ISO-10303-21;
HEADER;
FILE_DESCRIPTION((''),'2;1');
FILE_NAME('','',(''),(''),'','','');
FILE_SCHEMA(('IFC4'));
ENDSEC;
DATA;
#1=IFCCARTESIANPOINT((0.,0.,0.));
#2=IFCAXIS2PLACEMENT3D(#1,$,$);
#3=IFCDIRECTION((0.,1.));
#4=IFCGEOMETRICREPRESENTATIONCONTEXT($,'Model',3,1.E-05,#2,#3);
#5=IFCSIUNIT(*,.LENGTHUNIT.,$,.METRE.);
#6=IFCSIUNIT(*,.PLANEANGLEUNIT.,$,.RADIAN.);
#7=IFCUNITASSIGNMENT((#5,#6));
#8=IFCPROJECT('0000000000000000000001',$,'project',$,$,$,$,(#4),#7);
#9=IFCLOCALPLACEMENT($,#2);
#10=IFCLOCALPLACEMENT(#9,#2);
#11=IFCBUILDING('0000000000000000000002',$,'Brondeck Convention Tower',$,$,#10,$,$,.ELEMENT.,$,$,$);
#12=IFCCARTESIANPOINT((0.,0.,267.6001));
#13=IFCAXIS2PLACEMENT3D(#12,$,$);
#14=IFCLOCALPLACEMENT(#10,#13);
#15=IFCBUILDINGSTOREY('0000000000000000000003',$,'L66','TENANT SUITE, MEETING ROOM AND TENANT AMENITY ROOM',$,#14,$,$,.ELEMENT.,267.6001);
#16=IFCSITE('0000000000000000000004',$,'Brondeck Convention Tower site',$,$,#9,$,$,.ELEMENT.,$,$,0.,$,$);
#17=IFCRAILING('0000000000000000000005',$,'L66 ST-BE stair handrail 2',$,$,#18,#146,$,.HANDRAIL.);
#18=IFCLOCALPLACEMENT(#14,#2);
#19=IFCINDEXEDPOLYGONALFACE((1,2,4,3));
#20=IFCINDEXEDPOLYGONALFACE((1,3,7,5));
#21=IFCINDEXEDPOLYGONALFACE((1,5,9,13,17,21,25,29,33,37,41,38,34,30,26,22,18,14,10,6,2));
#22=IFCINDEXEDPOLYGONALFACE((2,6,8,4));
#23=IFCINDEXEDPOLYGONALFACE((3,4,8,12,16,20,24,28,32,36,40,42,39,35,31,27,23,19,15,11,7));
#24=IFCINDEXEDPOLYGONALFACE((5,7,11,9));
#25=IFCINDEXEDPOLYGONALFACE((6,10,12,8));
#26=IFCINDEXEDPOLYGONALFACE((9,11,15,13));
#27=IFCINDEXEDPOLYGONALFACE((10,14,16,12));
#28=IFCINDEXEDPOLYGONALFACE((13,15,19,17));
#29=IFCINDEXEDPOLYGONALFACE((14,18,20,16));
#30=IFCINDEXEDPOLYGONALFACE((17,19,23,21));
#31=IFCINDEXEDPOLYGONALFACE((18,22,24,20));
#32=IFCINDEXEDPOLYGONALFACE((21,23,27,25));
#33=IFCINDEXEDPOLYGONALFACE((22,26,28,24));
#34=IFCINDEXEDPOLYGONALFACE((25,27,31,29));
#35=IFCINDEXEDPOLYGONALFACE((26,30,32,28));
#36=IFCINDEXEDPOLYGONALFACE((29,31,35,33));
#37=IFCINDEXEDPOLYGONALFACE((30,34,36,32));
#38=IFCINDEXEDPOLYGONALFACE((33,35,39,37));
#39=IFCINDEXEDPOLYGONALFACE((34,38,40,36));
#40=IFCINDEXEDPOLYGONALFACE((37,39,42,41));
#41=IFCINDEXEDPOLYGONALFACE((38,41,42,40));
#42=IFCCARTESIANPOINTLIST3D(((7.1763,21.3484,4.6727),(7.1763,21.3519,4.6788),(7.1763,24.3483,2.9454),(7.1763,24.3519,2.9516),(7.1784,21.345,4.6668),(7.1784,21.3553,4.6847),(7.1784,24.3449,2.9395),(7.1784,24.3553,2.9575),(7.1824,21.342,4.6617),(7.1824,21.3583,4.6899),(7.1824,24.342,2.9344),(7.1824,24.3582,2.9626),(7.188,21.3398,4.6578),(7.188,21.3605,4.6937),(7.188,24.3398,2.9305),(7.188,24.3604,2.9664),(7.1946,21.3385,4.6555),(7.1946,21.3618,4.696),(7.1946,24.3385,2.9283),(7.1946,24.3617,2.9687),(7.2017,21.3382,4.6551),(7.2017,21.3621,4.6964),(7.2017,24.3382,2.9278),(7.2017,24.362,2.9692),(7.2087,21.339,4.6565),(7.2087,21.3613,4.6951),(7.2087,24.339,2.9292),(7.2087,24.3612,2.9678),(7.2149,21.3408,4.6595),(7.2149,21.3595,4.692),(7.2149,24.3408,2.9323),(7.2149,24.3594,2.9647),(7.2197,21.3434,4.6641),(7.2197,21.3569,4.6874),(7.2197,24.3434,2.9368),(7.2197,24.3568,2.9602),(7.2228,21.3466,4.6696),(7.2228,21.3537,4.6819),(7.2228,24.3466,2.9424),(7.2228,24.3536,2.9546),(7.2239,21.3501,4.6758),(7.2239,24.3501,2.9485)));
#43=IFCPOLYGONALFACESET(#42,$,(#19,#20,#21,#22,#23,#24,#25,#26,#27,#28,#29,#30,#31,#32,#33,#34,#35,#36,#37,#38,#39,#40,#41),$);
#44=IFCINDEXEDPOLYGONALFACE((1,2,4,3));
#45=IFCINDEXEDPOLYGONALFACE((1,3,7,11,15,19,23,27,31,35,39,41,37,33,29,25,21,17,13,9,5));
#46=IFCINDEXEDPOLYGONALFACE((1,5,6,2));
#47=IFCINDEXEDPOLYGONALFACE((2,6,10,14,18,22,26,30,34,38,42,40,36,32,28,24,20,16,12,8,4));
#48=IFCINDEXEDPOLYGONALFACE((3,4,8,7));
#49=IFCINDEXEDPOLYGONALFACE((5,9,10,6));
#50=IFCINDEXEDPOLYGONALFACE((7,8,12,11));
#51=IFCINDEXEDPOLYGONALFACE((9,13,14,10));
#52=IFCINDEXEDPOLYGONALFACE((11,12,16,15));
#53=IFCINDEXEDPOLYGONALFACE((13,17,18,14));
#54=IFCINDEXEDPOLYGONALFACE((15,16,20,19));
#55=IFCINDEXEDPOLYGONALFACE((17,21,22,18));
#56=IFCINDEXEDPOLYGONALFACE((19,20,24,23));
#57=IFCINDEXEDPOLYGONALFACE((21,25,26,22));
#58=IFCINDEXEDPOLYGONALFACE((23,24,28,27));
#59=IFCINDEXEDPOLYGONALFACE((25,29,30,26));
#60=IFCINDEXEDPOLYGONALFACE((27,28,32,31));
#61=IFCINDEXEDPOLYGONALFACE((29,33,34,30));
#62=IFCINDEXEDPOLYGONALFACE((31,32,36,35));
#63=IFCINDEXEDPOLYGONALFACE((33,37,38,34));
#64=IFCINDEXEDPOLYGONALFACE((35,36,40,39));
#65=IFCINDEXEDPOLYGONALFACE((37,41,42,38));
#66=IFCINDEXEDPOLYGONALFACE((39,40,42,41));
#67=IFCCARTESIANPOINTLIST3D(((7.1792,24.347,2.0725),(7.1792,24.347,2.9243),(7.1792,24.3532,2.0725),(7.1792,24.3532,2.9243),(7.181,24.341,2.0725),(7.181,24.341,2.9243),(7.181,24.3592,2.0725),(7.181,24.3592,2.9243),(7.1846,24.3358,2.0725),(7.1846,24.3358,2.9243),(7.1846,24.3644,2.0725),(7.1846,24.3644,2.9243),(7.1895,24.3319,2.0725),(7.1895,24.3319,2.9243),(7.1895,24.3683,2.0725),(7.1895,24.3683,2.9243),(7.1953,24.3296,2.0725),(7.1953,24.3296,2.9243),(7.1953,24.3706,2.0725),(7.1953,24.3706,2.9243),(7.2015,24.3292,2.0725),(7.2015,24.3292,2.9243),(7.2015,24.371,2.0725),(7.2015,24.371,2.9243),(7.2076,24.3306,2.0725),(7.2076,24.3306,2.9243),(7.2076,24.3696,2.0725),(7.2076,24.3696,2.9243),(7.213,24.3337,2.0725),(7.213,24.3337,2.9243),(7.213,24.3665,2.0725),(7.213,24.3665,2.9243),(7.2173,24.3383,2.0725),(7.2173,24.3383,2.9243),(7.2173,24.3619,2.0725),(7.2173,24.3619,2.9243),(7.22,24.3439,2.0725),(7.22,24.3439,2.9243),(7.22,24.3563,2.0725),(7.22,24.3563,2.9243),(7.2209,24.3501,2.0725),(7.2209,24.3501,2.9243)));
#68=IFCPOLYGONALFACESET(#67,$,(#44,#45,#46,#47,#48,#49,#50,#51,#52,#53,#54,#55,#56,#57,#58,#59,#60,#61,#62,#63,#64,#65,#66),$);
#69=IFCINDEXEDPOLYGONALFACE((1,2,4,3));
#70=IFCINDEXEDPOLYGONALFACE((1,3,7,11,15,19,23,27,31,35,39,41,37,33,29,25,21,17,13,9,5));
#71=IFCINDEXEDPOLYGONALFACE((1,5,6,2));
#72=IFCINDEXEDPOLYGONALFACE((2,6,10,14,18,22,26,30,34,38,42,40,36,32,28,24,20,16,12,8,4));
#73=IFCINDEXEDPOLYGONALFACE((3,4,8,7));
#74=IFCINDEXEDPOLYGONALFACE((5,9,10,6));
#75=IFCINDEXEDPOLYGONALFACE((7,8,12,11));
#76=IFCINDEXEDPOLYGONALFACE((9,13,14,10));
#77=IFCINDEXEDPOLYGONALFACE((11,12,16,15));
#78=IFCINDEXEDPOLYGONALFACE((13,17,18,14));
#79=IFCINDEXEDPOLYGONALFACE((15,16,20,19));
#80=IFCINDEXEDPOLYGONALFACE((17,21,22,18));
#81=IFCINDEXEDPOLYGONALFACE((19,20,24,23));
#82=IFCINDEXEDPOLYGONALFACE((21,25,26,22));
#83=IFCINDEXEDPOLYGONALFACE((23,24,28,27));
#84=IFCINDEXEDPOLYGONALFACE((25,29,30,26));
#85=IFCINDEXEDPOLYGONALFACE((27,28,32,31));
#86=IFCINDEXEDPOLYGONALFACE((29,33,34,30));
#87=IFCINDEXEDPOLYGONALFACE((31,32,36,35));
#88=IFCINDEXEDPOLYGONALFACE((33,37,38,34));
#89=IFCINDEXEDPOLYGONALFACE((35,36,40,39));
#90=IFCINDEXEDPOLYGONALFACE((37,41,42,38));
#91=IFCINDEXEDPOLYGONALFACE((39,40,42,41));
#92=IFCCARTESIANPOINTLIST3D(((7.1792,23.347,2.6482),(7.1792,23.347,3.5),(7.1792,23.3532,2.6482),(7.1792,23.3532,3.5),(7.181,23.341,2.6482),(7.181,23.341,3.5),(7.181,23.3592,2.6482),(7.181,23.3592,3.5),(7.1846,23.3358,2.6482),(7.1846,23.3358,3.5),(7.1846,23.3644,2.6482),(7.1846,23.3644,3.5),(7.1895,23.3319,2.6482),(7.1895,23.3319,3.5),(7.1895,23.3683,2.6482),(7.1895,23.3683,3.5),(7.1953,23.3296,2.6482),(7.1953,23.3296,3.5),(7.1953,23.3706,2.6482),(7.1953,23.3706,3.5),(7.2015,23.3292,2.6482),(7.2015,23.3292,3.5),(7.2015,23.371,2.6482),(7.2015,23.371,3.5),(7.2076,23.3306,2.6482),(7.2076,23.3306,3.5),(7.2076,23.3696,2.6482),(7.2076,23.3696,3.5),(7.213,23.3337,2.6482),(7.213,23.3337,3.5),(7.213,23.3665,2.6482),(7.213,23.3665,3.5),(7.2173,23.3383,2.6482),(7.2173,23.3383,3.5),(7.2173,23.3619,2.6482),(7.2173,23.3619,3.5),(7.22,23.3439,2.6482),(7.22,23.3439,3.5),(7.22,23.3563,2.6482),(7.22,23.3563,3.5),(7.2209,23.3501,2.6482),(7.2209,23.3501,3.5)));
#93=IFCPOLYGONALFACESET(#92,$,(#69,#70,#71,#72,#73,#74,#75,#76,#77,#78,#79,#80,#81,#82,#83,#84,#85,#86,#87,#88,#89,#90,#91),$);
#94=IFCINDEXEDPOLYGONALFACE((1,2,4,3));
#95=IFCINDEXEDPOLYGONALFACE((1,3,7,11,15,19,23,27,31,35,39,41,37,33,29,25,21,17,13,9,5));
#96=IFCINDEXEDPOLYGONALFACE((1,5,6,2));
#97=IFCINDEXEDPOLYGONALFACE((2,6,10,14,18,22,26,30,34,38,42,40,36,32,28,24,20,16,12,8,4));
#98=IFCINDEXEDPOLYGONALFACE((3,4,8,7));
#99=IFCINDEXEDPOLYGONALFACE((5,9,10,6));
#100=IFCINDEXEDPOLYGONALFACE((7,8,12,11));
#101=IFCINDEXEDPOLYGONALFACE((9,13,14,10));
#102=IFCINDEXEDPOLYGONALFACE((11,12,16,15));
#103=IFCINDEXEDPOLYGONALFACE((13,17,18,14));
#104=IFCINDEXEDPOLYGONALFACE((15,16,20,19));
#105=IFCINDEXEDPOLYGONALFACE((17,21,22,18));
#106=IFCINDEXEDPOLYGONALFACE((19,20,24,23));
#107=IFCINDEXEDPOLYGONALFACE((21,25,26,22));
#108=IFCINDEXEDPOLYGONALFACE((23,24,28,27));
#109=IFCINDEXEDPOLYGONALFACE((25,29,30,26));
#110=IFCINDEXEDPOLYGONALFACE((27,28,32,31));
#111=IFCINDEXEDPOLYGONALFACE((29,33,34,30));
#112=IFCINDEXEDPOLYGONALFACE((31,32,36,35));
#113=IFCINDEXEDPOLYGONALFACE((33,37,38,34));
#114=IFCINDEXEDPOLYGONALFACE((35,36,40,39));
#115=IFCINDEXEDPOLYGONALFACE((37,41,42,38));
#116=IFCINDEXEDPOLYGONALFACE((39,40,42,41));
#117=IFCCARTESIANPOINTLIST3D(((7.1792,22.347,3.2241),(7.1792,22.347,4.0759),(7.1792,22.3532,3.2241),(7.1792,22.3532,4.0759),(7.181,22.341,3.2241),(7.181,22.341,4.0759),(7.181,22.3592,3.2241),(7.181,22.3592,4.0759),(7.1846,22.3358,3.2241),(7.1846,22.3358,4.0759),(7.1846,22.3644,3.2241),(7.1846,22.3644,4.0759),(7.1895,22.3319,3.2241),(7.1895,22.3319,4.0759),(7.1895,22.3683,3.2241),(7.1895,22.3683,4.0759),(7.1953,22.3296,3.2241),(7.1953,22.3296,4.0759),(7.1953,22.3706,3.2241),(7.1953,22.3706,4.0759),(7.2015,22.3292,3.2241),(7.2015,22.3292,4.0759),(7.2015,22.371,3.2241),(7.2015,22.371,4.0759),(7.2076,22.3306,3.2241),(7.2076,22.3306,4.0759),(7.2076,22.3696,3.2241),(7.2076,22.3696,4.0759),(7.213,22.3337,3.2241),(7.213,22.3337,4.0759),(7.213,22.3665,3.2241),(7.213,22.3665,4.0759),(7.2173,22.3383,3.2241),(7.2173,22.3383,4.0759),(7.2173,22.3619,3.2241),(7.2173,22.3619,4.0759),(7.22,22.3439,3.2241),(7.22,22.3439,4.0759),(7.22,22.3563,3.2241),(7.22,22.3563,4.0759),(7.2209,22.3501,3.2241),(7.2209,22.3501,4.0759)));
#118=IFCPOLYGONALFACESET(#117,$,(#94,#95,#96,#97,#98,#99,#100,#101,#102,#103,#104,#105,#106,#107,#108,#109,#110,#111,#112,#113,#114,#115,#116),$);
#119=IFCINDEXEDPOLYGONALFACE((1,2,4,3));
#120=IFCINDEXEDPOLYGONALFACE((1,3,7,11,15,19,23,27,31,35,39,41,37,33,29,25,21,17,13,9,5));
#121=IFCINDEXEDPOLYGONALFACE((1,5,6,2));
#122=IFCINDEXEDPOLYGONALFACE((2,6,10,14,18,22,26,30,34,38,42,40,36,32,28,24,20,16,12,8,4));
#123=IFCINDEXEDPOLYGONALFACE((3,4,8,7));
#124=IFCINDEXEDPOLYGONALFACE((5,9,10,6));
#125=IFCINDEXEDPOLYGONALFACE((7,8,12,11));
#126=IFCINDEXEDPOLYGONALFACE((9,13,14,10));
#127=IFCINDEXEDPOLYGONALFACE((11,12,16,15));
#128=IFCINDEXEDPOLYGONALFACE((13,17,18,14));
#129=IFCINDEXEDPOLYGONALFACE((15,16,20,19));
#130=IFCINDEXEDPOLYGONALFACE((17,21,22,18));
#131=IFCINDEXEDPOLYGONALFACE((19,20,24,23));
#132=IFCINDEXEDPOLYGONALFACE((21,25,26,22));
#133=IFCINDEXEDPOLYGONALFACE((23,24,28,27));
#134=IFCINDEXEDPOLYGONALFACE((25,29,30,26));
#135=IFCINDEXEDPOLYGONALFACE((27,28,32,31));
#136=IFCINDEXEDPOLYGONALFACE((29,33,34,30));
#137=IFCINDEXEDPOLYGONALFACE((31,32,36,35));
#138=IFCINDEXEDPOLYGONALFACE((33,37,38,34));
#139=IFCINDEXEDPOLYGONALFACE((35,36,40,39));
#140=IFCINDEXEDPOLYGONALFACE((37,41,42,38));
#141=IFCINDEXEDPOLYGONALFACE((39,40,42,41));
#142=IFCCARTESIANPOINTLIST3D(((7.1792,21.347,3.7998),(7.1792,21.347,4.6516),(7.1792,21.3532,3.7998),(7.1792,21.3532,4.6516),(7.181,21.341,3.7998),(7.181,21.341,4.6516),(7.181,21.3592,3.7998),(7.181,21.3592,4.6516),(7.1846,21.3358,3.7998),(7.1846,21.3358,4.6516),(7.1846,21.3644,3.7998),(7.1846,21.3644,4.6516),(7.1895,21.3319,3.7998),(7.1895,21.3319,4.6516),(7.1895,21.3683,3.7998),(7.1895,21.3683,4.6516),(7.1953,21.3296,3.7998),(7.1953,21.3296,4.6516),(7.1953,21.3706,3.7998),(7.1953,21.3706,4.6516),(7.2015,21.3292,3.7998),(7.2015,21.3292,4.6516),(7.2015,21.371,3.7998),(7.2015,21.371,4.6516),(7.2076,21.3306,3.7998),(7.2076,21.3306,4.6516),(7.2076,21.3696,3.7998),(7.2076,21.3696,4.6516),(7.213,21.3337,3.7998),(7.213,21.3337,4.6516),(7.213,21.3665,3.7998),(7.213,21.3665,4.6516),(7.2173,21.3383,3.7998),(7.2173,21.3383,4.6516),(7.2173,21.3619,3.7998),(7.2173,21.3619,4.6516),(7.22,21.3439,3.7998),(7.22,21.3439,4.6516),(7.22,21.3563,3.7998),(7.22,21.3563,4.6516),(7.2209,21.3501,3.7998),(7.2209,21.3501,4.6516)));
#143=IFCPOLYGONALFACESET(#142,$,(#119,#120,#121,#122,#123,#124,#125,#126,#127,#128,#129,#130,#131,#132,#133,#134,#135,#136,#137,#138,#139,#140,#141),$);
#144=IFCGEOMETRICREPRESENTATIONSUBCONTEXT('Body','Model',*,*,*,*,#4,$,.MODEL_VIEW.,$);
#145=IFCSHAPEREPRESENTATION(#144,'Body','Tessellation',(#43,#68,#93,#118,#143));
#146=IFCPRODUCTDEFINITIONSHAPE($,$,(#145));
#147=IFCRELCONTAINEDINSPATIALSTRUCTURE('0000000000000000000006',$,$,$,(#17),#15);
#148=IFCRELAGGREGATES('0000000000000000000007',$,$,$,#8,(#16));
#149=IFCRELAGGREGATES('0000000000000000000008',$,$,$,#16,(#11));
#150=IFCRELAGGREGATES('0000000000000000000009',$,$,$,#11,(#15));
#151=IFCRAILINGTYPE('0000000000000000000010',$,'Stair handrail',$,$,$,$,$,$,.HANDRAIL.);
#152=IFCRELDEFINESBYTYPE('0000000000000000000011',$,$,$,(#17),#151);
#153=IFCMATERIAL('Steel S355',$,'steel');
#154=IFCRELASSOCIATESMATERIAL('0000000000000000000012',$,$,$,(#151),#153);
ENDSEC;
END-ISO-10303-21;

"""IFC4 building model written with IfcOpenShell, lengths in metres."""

from ifc_helpers import new_model, si_unit, direction, frame, origin, origin_2d, place, context, subcontext, project, spatial, circle, extrude, material, type_object, element, save


model = new_model("IFC4")

# Units and contexts
model_context = context("Model", 3, precision=1e-05, world=origin(), true_north=direction((0.0, 1.0)))
body_context = subcontext(model_context, "Body", "Model", "MODEL_VIEW")
ifc_project = project(units=[si_unit("LENGTHUNIT", "METRE"), si_unit("PLANEANGLEUNIT", "RADIAN")], contexts=[model_context])

# Site, building, storey
site_placement = place(None, origin())
site = spatial("IfcSite", under=ifc_project, at=site_placement, Name="Brondeck Convention Tower site", CompositionType="ELEMENT", RefElevation=0.0)
building_placement = place(site_placement, origin())
building = spatial("IfcBuilding", under=site, at=building_placement, Name="Brondeck Convention Tower", CompositionType="ELEMENT")
storey_placement = place(building_placement, frame((0.0, 0.0, 267.6001)))
storey = spatial("IfcBuildingStorey", under=building, at=storey_placement, Name="L66", Description="TENANT SUITE, MEETING ROOM AND TENANT AMENITY ROOM", CompositionType="ELEMENT", Elevation=267.6001)

# Shared definitions
ifc_material_1 = material(Name="Steel S355", Category="steel")

# Railing
railing_type = type_object("IfcRailingType", Name="Stair handrail", PredefinedType="HANDRAIL", material=ifc_material_1)
railing_1_placement = place(storey_placement, frame((7.2, 24.3501, 2.0725)))
element("IfcRailing", 1, at=railing_1_placement, inside=storey, type_object=railing_type, Name="L66 ST-BE stair handrail 2", PredefinedType="HANDRAIL", context=body_context, shape_type="SweptSolid", body=[
    extrude(circle(Radius=0.0239, at=origin_2d()), frame((0.0, 0.0, 0.876), z_axis=(0.0, -0.86662, 0.498969), x_axis=(1.0, 0.0, 0.0)), (0.0, 0.0, 1.0), 3.4617),
    extrude(circle(Radius=0.021, at=origin_2d()), origin(), (0.0, 0.0, 1.0), 0.8518),
    extrude(circle(Radius=0.021, at=origin_2d()), frame((0.0, -1.0, 0.5757)), (0.0, 0.0, 1.0), 0.8518),
    extrude(circle(Radius=0.021, at=origin_2d()), frame((0.0, -2.0, 1.1516)), (0.0, 0.0, 1.0), 0.8518),
    extrude(circle(Radius=0.021, at=origin_2d()), frame((0.0, -3.0, 1.7273)), (0.0, 0.0, 1.0), 0.8518),
])

save(model, "model.ifc")
